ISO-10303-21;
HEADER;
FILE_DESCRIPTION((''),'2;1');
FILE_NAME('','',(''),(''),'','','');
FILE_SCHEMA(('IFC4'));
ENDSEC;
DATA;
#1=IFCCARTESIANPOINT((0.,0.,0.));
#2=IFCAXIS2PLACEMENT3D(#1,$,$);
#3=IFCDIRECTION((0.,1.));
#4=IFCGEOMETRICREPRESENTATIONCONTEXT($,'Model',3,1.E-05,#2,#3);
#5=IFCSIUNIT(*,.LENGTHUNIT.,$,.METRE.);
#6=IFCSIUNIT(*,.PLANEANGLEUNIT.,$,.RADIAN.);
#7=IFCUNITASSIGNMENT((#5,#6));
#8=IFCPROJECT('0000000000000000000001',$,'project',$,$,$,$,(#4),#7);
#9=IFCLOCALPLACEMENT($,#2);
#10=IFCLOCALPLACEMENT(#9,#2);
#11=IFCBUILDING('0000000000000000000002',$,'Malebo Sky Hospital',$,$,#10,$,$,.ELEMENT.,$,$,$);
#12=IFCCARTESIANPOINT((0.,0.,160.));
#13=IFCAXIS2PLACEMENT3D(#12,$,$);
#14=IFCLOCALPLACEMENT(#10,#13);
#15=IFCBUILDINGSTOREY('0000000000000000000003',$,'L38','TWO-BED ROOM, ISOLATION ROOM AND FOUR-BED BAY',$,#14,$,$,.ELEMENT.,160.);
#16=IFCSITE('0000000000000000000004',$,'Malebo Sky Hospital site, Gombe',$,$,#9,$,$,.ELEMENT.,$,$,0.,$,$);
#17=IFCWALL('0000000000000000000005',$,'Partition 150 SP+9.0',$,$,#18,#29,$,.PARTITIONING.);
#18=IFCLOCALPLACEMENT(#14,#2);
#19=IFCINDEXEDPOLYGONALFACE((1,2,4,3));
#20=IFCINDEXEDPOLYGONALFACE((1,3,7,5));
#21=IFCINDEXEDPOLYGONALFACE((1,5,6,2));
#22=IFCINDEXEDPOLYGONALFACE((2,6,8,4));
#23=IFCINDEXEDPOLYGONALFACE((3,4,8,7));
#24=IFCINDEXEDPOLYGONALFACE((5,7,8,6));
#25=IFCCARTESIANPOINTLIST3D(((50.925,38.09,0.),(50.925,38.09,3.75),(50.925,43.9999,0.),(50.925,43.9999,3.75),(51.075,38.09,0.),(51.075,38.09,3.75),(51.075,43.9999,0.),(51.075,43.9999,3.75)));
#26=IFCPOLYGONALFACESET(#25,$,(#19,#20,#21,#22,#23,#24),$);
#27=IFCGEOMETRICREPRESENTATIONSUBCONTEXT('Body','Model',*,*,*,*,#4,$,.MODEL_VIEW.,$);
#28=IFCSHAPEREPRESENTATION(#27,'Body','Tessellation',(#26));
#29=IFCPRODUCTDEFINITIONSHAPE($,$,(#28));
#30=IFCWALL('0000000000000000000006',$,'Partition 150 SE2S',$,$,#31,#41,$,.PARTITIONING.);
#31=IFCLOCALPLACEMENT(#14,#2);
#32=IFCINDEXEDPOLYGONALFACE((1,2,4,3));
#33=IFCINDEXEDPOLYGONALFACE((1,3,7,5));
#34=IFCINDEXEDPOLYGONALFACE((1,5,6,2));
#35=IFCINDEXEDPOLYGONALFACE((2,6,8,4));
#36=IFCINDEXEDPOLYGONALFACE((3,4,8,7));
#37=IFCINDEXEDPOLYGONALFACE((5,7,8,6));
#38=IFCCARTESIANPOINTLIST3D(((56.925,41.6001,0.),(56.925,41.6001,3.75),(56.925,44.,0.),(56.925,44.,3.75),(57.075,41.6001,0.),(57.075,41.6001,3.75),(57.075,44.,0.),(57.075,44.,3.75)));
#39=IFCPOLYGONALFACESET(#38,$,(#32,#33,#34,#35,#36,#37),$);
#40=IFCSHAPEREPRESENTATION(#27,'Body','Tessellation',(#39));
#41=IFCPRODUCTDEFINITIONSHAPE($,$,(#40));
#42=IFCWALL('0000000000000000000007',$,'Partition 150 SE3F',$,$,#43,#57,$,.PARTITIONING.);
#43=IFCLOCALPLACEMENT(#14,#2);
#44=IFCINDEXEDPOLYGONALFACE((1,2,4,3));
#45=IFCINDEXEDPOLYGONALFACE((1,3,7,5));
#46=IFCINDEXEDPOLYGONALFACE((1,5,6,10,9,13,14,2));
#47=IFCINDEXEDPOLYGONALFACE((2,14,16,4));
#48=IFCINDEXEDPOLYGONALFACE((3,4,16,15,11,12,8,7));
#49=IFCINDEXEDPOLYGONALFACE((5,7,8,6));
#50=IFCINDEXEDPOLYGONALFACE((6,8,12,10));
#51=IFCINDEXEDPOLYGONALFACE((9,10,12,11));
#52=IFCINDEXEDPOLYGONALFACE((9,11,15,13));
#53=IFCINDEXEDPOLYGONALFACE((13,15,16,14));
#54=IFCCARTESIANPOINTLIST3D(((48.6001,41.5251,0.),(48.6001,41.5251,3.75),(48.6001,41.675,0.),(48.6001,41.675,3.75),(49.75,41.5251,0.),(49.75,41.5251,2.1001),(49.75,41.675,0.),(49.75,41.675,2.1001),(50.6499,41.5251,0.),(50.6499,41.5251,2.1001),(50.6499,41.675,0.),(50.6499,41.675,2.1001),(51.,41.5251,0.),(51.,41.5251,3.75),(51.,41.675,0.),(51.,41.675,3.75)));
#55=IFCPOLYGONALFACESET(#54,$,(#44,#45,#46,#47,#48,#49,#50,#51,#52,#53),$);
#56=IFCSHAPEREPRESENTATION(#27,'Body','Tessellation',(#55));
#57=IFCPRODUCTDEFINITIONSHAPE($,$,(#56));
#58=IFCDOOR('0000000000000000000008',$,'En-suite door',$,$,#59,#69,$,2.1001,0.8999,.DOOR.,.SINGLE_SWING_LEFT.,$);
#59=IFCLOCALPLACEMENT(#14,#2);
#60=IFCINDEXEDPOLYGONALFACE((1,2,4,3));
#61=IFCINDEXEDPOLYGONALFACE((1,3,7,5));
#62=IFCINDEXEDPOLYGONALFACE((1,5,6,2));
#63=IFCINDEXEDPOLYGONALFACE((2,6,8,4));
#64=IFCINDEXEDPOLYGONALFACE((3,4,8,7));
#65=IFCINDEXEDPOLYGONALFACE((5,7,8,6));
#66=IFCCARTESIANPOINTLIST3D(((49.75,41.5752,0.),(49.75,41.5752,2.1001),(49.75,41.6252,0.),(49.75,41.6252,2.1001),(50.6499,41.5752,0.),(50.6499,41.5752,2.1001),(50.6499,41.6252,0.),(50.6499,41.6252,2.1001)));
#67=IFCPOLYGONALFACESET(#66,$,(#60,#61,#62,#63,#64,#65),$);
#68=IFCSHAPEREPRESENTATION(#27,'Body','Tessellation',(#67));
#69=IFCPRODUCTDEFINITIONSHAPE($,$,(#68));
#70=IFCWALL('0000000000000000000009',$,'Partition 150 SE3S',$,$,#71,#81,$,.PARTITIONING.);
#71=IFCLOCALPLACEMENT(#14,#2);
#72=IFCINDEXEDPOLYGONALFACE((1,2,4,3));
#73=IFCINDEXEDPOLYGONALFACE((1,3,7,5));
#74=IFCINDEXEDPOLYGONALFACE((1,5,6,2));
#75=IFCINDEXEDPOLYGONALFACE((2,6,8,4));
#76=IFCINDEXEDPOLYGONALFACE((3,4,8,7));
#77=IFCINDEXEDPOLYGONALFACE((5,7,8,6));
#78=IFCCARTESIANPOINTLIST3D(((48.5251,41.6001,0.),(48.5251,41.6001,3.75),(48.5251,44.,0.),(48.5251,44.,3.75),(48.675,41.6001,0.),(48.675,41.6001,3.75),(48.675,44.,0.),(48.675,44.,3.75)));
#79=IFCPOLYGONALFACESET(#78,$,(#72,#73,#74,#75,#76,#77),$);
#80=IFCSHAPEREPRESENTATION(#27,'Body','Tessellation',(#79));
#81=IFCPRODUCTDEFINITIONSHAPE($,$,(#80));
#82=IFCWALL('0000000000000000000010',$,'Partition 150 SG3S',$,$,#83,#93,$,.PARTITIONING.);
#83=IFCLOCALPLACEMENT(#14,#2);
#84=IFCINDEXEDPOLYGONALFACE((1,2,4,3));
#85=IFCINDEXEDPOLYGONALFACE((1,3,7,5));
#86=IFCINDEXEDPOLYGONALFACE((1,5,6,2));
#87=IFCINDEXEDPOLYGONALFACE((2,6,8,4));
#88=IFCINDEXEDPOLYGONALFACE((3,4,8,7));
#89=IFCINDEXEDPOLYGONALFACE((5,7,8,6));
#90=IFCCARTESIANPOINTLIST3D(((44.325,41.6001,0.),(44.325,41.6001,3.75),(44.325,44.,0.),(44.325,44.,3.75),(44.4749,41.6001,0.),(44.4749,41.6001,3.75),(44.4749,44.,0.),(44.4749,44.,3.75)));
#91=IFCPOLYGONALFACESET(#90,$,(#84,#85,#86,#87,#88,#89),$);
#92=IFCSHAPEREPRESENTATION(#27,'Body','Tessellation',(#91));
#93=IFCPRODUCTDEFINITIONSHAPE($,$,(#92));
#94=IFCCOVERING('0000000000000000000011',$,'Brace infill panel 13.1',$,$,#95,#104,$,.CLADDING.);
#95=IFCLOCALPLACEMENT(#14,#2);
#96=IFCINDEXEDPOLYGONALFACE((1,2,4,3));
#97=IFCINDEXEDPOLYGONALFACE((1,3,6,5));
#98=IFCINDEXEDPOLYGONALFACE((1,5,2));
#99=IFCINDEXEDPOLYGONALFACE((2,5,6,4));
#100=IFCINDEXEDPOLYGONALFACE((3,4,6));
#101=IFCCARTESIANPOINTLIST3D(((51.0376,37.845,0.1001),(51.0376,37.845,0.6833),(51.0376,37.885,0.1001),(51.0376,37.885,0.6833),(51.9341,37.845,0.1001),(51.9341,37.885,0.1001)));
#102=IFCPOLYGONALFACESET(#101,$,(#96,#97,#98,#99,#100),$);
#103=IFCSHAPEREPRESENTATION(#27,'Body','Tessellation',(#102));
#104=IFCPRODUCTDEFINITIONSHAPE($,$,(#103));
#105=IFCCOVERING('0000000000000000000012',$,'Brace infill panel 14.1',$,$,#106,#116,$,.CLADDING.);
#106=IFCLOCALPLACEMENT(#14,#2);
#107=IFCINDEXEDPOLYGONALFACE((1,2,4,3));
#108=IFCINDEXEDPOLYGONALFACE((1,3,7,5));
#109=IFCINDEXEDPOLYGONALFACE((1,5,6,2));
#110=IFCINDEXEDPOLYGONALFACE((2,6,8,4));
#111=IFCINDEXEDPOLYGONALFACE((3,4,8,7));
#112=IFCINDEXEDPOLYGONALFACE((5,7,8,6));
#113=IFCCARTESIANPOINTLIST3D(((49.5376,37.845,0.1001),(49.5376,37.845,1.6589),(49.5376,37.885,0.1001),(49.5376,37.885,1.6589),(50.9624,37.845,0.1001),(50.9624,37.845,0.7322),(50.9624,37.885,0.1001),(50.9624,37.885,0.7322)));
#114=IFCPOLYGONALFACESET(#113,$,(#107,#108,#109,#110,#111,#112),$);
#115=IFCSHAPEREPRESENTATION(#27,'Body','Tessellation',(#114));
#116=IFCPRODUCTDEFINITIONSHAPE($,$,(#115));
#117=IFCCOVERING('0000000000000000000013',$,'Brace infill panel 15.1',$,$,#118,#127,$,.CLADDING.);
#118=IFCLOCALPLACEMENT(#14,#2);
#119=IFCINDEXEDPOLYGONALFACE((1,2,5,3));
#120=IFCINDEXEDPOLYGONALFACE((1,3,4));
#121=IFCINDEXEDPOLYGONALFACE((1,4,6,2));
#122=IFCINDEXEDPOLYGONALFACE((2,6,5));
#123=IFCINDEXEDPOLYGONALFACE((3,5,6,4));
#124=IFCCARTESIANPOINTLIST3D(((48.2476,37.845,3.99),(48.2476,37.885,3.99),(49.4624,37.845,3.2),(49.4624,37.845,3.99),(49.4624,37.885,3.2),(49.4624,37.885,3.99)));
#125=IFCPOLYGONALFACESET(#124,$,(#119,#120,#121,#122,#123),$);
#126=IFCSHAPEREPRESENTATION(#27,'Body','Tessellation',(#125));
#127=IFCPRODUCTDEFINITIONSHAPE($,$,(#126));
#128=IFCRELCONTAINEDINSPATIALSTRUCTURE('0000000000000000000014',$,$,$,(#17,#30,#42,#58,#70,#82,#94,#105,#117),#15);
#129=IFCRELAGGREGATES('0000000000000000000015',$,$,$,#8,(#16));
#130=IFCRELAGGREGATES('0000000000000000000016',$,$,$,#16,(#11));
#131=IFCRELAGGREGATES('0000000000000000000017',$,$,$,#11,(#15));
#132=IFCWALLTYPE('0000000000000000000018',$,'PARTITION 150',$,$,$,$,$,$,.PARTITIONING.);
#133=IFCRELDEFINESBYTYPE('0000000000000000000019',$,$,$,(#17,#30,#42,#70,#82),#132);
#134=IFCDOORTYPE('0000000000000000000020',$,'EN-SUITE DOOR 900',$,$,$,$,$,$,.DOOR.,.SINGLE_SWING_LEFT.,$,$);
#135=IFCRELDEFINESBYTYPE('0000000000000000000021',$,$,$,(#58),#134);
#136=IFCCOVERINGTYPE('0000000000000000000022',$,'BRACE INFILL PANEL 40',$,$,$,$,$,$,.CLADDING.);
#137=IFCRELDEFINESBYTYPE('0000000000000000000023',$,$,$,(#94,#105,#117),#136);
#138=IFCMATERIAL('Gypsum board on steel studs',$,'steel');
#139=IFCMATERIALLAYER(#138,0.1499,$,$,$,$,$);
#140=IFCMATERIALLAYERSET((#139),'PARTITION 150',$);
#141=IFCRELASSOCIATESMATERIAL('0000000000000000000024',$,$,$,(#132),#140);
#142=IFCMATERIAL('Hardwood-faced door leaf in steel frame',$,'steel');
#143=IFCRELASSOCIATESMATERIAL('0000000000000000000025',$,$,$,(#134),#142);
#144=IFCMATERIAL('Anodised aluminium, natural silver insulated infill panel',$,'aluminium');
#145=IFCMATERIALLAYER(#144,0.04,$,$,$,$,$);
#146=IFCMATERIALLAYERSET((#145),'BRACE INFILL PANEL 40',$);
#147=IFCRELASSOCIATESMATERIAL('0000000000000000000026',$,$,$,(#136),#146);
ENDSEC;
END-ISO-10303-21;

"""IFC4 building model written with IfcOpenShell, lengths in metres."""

from ifc_helpers import new_model, si_unit, direction, frame, frame_2d, origin, place, context, subcontext, project, spatial, polyline, rectangle, outline, extrude, material, layer, layer_set, type_object, element, fill, save


model = new_model("IFC4")

# Units and contexts
model_context = context("Model", 3, precision=1e-05, world=origin(), true_north=direction((0.0, 1.0)))
body_context = subcontext(model_context, "Body", "Model", "MODEL_VIEW")
ifc_project = project(units=[si_unit("LENGTHUNIT", "METRE"), si_unit("PLANEANGLEUNIT", "RADIAN")], contexts=[model_context])

# Site, building, storey
site_placement = place(None, origin())
site = spatial("IfcSite", under=ifc_project, at=site_placement, Name="Malebo Sky Hospital site, Gombe", CompositionType="ELEMENT", RefElevation=0.0)
building_placement = place(site_placement, origin())
building = spatial("IfcBuilding", under=site, at=building_placement, Name="Malebo Sky Hospital", CompositionType="ELEMENT")
storey_placement = place(building_placement, frame((0.0, 0.0, 160.0)))
storey = spatial("IfcBuildingStorey", under=building, at=storey_placement, Name="L38", Description="TWO-BED ROOM, ISOLATION ROOM AND FOUR-BED BAY", CompositionType="ELEMENT", Elevation=160.0)

# Walls
ifc_material_1 = material(Name="Gypsum board on steel studs", Category="steel")
ifc_layer_1 = layer(ifc_material_1, 0.1499)
ifc_layer_set_1 = layer_set([ifc_layer_1], Name="PARTITION 150")
wall_type = type_object("IfcWallType", Name="PARTITION 150", PredefinedType="PARTITIONING", material=ifc_layer_set_1)
wall_1_placement = place(storey_placement, frame((51.0, 44.0, 0.0), z_axis=(0.0, 0.0, 1.0), x_axis=(0.0, -1.0, 0.0)))
element("IfcWall", 1, at=wall_1_placement, inside=storey, type_object=wall_type, Name="Partition 150 SP+9.0", PredefinedType="PARTITIONING", context=body_context, shape_type="SweptSolid", body=[
    extrude(rectangle(XDim=5.9099, YDim=0.1499, at=frame_2d((2.9551, 0.0))), origin(), (0.0, 0.0, 1.0), 3.75),
])
wall_2_placement = place(storey_placement, frame((57.0, 44.0, 0.0), z_axis=(0.0, 0.0, 1.0), x_axis=(0.0, -1.0, 0.0)))
element("IfcWall", 2, at=wall_2_placement, inside=storey, type_object=wall_type, Name="Partition 150 SE2S", PredefinedType="PARTITIONING", context=body_context, shape_type="SweptSolid", body=[
    extrude(rectangle(XDim=2.3999, YDim=0.1499, at=frame_2d((1.2, 0.0))), origin(), (0.0, 0.0, 1.0), 3.75),
])

# Wall, opening, door
wall_3_placement = place(storey_placement, frame((51.0, 41.6001, 0.0), z_axis=(0.0, 0.0, 1.0), x_axis=(-1.0, 0.0, 0.0)))
wall_3 = element("IfcWall", 3, at=wall_3_placement, inside=storey, type_object=wall_type, Name="Partition 150 SE3F", PredefinedType="PARTITIONING", context=body_context, shape_type="SweptSolid", body=[
    extrude(rectangle(XDim=2.3999, YDim=0.1499, at=frame_2d((1.2, 0.0))), origin(), (0.0, 0.0, 1.0), 3.75),
])
opening_placement = place(wall_3_placement, frame((0.3501, 0.0, 0.0)))
opening = element("IfcOpeningElement", 4, at=opening_placement, cuts=wall_3, PredefinedType="OPENING", context=body_context, shape_type="SweptSolid", body=[
    extrude(rectangle(XDim=0.8999, YDim=2.1001, at=frame_2d((0.45, 1.05))), frame((0.0, 0.085, 0.0), z_axis=(0.0, -1.0, 0.0), x_axis=(1.0, 0.0, 0.0)), (0.0, 0.0, 1.0), 0.1699),
])
ifc_material_2 = material(Name="Hardwood-faced door leaf in steel frame", Category="steel")
door_type = type_object("IfcDoorType", Name="EN-SUITE DOOR 900", OperationType="SINGLE_SWING_LEFT", PredefinedType="DOOR", material=ifc_material_2)
door_placement = place(opening_placement, origin())
door = element("IfcDoor", 5, at=door_placement, inside=storey, type_object=door_type, Name="En-suite door", OperationType="SINGLE_SWING_LEFT", OverallHeight=2.1001, OverallWidth=0.8999, PredefinedType="DOOR", context=body_context, shape_type="SweptSolid", body=[
    extrude(rectangle(XDim=0.8999, YDim=2.1001, at=frame_2d((0.45, 1.05))), frame((0.0, 0.0249, 0.0), z_axis=(0.0, -1.0, 0.0), x_axis=(1.0, 0.0, 0.0)), (0.0, 0.0, 1.0), 0.05),
])
fill(opening, door)

# Walls
for number, where, z_axis, x_axis, name in (
    (6, (48.6001, 44.0, 0.0), (0.0, 0.0, 1.0), (0.0, -1.0, 0.0), "Partition 150 SE3S"),
    (7, (44.3999, 44.0, 0.0), (0.0, 0.0, 1.0), (0.0, -1.0, 0.0), "Partition 150 SG3S"),
):
    element("IfcWall", number, at=place(storey_placement, frame(where, z_axis=z_axis, x_axis=x_axis)), inside=storey, type_object=wall_type, Name=name, PredefinedType="PARTITIONING", context=body_context, shape_type="SweptSolid", body=[
        extrude(rectangle(XDim=2.3999, YDim=0.1499, at=frame_2d((1.2, 0.0))), origin(), (0.0, 0.0, 1.0), 3.75),
    ])

# Coverings
ifc_material_3 = material(Name="Anodised aluminium, natural silver insulated infill panel", Category="aluminium")
ifc_layer_2 = layer(ifc_material_3, 0.04)
ifc_layer_set_2 = layer_set([ifc_layer_2], Name="BRACE INFILL PANEL 40")
covering_type = type_object("IfcCoveringType", Name="BRACE INFILL PANEL 40", PredefinedType="CLADDING", material=ifc_layer_set_2)
covering_1_placement = place(storey_placement, frame((51.4858, 37.865, 0.1001), z_axis=(0.0, 0.0, 1.0), x_axis=(-1.0, 0.0, 0.0)))
element("IfcCovering", 8, at=covering_1_placement, inside=storey, type_object=covering_type, Name="Brace infill panel 13.1", PredefinedType="CLADDING", context=body_context, shape_type="SweptSolid", body=[
    extrude(outline(polyline([(-0.4482, 0.0), (0.4482, 0.0), (0.4482, 0.5833), (-0.4482, 0.0)])), frame((0.0, 0.02, 0.0), z_axis=(0.0, -1.0, 0.0), x_axis=(1.0, 0.0, 0.0)), (0.0, 0.0, 1.0), 0.04),
])
covering_2_placement = place(storey_placement, frame((50.25, 37.865, 0.1001), z_axis=(0.0, 0.0, 1.0), x_axis=(-1.0, 0.0, 0.0)))
element("IfcCovering", 9, at=covering_2_placement, inside=storey, type_object=covering_type, Name="Brace infill panel 14.1", PredefinedType="CLADDING", context=body_context, shape_type="SweptSolid", body=[
    extrude(outline(polyline([(-0.7124, 0.0), (0.7124, 0.0), (0.7124, 1.5588), (-0.7124, 0.6321), (-0.7124, 0.0)])), frame((0.0, 0.02, 0.0), z_axis=(0.0, -1.0, 0.0), x_axis=(1.0, 0.0, 0.0)), (0.0, 0.0, 1.0), 0.04),
])
covering_3_placement = place(storey_placement, frame((48.855, 37.865, 3.2), z_axis=(0.0, 0.0, 1.0), x_axis=(-1.0, 0.0, 0.0)))
element("IfcCovering", 10, at=covering_3_placement, inside=storey, type_object=covering_type, Name="Brace infill panel 15.1", PredefinedType="CLADDING", context=body_context, shape_type="SweptSolid", body=[
    extrude(outline(polyline([(-0.6074, 0.0), (0.6074, 0.79), (-0.6074, 0.79), (-0.6074, 0.0)])), frame((0.0, 0.02, 0.0), z_axis=(0.0, -1.0, 0.0), x_axis=(1.0, 0.0, 0.0)), (0.0, 0.0, 1.0), 0.04),
])

save(model, "model.ifc")
